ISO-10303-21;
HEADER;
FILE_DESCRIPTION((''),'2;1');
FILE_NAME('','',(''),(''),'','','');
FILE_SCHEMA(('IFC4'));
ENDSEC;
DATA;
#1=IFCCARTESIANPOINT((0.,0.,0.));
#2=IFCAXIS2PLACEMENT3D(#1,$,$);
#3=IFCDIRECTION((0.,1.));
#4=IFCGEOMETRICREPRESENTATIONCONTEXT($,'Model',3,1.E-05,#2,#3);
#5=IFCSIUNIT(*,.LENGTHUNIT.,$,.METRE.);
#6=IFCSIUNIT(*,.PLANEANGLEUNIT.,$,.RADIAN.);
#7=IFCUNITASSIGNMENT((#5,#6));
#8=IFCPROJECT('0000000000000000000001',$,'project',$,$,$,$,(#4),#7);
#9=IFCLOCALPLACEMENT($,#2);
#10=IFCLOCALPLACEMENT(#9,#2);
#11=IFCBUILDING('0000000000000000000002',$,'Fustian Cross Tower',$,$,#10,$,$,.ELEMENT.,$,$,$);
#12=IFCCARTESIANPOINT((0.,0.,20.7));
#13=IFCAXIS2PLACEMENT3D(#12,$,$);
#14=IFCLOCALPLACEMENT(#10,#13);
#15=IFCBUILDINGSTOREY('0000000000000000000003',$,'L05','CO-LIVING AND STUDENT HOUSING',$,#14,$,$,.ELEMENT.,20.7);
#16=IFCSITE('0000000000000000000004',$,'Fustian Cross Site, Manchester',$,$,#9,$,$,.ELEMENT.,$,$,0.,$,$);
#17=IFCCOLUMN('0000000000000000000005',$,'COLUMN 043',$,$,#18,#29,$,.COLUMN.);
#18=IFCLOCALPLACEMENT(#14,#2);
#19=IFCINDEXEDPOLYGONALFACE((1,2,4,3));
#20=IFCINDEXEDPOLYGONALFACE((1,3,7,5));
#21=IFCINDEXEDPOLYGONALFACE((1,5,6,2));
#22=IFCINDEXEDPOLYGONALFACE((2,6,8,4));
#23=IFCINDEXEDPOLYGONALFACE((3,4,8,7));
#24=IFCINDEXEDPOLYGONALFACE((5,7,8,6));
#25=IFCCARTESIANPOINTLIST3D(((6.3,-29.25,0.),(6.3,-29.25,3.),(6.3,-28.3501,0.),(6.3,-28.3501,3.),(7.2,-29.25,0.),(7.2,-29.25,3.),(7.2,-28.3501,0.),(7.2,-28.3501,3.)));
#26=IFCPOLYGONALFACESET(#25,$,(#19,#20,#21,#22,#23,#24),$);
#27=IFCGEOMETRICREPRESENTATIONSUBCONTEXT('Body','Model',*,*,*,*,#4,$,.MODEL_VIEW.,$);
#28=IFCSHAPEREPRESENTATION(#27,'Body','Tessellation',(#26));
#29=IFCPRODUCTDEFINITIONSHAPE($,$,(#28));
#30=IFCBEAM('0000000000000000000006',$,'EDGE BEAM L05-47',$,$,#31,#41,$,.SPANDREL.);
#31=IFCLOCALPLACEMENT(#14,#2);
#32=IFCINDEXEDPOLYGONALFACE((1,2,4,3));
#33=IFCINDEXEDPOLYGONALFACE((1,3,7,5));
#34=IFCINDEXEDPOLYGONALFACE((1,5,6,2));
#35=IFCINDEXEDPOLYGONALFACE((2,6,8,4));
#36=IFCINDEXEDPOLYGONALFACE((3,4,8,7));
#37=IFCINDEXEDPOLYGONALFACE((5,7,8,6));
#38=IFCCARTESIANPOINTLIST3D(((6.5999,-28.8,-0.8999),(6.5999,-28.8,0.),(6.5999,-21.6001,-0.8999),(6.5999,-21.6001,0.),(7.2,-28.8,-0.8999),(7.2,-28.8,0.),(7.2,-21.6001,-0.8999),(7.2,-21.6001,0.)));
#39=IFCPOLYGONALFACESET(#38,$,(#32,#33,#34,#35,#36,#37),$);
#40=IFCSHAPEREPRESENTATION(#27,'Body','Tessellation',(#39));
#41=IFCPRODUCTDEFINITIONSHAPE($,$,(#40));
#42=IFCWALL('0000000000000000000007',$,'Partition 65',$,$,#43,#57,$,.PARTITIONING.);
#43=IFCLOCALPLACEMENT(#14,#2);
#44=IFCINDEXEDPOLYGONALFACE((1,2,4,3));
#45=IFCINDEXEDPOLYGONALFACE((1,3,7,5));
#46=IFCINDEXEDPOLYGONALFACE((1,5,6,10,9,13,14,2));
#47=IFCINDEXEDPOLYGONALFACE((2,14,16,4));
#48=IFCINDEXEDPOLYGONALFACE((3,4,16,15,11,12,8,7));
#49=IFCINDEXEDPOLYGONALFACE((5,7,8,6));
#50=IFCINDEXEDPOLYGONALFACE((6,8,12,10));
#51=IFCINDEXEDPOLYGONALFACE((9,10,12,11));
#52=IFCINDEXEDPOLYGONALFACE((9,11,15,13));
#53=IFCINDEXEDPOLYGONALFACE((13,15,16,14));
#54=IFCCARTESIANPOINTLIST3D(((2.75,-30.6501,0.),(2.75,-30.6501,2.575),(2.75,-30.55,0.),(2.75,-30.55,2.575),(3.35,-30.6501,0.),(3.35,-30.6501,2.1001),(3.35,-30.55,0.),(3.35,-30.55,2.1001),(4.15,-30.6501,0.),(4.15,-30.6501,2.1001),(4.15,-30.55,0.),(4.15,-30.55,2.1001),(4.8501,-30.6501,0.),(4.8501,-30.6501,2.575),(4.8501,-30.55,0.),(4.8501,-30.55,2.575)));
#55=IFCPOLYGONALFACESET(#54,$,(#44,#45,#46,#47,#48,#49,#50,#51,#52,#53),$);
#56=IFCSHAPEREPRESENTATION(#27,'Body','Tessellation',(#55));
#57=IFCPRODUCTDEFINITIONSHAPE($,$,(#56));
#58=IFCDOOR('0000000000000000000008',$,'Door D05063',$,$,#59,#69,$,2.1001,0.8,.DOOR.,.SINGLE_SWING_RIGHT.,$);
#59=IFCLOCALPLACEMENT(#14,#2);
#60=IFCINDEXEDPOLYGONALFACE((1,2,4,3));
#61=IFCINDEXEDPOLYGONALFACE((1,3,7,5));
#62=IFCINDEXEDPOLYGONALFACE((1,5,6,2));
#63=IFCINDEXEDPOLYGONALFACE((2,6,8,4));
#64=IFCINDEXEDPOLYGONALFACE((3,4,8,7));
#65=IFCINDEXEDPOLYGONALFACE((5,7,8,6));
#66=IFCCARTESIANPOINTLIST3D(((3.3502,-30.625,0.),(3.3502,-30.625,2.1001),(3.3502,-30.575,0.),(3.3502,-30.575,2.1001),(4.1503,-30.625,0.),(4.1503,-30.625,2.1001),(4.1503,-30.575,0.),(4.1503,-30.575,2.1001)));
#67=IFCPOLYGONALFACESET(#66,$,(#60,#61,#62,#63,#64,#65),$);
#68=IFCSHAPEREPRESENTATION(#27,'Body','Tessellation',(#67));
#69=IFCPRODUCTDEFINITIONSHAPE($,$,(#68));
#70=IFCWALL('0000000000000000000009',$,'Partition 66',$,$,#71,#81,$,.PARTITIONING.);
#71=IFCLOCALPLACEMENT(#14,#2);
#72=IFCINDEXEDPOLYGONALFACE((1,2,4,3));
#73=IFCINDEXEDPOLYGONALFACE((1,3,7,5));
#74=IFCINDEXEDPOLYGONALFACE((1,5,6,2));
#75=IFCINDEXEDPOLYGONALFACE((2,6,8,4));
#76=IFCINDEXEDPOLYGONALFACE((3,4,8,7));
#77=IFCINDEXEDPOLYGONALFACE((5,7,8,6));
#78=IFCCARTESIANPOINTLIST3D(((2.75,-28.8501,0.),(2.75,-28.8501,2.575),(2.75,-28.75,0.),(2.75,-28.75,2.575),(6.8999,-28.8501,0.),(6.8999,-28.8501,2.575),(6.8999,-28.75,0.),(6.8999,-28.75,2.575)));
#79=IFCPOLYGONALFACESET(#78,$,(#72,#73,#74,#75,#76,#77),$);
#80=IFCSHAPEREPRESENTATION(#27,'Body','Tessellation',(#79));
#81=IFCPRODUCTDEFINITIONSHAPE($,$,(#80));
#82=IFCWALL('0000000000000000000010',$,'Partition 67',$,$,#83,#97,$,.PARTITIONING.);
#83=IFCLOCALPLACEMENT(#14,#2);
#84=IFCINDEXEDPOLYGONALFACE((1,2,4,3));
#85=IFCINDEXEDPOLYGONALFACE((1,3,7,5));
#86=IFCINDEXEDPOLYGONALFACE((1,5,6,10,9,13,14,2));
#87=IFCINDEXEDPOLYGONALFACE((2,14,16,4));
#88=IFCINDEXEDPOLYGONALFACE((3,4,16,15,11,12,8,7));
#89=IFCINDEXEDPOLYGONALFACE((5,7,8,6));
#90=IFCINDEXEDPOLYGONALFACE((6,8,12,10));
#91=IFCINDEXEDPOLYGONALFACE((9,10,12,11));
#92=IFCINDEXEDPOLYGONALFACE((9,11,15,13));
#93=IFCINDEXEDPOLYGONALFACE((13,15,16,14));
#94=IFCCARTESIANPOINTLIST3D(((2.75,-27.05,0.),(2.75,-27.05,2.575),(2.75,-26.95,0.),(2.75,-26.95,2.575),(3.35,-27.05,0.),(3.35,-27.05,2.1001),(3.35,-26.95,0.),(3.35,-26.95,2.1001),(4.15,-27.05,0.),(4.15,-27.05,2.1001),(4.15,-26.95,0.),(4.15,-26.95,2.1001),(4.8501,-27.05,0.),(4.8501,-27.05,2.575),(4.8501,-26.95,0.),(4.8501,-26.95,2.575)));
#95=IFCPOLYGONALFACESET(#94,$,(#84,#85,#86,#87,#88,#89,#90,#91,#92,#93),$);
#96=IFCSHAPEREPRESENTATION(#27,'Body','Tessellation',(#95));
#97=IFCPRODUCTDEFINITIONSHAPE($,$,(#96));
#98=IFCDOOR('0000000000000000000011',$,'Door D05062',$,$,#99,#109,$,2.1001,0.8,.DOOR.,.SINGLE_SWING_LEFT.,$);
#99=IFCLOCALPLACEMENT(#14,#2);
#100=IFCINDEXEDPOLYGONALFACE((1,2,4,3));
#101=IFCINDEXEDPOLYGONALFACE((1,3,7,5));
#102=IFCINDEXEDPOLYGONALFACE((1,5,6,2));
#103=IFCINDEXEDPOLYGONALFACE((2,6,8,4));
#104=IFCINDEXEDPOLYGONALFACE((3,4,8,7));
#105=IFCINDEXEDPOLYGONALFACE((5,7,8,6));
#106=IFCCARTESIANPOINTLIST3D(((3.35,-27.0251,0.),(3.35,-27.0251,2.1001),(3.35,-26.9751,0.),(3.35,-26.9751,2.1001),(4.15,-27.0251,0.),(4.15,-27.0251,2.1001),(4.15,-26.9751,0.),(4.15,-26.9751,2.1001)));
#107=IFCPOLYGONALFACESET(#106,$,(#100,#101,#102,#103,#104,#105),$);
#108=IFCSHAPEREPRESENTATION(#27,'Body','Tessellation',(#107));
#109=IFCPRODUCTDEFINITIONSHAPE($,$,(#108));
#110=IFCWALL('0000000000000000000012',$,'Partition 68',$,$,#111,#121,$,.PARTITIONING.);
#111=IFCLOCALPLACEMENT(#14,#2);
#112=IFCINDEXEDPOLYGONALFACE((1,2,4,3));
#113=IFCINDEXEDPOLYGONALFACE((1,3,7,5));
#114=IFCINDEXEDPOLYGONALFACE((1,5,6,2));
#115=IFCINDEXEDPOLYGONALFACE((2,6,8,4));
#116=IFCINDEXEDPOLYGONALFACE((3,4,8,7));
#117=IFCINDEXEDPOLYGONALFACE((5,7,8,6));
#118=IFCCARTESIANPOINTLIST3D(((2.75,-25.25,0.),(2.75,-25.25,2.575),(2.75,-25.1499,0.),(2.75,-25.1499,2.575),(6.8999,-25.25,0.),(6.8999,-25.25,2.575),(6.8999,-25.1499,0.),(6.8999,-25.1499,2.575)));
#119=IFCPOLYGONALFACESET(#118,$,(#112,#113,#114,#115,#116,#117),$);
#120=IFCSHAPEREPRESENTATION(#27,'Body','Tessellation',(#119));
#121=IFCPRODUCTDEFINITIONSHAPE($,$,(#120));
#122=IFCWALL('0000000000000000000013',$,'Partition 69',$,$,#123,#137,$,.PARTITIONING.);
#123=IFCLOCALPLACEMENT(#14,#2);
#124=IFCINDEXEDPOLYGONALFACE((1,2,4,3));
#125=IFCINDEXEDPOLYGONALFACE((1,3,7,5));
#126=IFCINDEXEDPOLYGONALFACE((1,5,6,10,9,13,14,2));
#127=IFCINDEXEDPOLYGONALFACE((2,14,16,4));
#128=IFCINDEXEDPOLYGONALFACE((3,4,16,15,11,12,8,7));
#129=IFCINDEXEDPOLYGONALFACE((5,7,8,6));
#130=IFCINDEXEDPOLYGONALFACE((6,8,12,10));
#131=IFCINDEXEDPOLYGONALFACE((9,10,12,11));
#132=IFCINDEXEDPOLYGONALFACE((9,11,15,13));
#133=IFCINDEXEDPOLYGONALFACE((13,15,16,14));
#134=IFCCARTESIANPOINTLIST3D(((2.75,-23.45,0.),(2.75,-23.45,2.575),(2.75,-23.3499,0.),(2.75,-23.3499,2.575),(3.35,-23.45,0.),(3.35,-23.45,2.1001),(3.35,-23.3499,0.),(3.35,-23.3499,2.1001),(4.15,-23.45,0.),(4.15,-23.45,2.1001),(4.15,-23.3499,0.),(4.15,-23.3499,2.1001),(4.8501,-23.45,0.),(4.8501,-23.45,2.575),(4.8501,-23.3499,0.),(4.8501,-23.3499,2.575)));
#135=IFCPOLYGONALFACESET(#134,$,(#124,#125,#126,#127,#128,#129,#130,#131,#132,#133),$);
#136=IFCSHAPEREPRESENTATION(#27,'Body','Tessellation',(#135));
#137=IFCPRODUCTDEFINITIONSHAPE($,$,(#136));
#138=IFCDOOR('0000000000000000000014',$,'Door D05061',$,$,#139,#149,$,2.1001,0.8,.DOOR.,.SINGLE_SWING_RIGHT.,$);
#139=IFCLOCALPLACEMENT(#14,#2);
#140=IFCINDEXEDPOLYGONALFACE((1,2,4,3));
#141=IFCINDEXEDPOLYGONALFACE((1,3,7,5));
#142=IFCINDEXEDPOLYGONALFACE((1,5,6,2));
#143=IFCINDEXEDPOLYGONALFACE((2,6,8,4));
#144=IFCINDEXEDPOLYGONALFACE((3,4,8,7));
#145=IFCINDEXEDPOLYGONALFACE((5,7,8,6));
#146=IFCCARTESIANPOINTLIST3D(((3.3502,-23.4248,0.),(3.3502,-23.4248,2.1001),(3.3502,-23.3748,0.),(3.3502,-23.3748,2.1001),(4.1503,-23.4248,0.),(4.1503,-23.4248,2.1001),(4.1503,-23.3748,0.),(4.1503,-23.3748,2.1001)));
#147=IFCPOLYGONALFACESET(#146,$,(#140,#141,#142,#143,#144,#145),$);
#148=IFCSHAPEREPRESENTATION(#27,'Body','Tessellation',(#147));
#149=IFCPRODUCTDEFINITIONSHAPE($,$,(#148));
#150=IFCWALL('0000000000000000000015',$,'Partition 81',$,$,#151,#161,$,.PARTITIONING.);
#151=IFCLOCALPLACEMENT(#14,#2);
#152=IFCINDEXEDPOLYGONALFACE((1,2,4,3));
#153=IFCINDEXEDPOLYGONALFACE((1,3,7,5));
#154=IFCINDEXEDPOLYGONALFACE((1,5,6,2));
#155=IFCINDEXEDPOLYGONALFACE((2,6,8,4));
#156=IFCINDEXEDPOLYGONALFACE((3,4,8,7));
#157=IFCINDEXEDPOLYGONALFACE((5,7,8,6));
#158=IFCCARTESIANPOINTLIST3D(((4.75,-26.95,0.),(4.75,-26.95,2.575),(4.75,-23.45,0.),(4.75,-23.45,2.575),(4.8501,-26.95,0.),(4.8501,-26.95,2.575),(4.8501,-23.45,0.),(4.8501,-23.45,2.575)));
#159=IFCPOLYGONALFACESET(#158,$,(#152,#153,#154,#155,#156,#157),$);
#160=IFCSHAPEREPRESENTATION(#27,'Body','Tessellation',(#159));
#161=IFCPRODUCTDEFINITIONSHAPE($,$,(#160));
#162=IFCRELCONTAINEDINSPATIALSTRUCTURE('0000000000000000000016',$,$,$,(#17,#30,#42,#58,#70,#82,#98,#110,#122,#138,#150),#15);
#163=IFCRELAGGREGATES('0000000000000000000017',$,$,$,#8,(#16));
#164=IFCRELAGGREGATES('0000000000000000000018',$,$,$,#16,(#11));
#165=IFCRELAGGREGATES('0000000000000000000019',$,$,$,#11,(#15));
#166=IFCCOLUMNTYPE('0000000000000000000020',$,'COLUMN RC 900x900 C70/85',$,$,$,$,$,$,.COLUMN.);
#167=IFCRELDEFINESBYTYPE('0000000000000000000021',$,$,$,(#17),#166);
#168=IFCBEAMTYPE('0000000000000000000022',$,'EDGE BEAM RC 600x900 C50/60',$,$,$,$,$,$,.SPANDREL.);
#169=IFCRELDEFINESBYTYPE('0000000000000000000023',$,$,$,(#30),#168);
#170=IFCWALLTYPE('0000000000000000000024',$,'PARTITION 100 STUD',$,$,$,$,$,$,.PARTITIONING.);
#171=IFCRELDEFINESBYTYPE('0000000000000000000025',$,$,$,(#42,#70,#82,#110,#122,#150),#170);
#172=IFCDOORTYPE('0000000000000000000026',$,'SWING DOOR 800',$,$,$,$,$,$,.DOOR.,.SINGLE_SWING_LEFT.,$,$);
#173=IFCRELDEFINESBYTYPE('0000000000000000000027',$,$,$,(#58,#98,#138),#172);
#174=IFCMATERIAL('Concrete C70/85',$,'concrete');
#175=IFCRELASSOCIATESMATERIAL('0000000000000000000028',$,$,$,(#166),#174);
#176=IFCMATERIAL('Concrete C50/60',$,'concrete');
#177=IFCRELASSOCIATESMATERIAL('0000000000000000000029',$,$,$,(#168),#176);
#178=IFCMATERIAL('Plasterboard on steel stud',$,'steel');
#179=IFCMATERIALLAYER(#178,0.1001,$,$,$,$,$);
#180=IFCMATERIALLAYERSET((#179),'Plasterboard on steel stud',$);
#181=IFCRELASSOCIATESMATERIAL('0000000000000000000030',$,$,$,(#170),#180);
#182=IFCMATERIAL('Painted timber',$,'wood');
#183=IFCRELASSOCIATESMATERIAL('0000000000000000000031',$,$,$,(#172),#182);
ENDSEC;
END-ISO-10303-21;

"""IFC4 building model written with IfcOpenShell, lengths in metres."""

from ifc_helpers import new_model, si_unit, direction, frame, frame_2d, origin, origin_2d, place, context, subcontext, project, spatial, rectangle, extrude, material, layer, layer_set, material_profile, profile_set, type_object, element, fill, save


model = new_model("IFC4")

# Units and contexts
model_context = context("Model", 3, precision=1e-05, world=origin(), true_north=direction((0.0, 1.0)))
body_context = subcontext(model_context, "Body", "Model", "MODEL_VIEW")
ifc_project = project(units=[si_unit("LENGTHUNIT", "METRE"), si_unit("PLANEANGLEUNIT", "RADIAN")], contexts=[model_context])

# Site, building, storey
site_placement = place(None, origin())
site = spatial("IfcSite", under=ifc_project, at=site_placement, Name="Fustian Cross Site, Manchester", CompositionType="ELEMENT", RefElevation=0.0)
building_placement = place(site_placement, origin())
building = spatial("IfcBuilding", under=site, at=building_placement, Name="Fustian Cross Tower", CompositionType="ELEMENT")
storey_placement = place(building_placement, frame((0.0, 0.0, 20.7)))
storey = spatial("IfcBuildingStorey", under=building, at=storey_placement, Name="L05", Description="CO-LIVING AND STUDENT HOUSING", CompositionType="ELEMENT", Elevation=20.7)

# Column
ifc_material_1 = material(Name="Concrete C70/85", Category="concrete")
ifc_material_profile_1 = material_profile(ifc_material_1, rectangle(XDim=0.8999, YDim=0.8999, at=origin_2d()), Name="RC 900x900")
ifc_profile_set_1 = profile_set([ifc_material_profile_1], Name="Concrete C70/85")
column_type = type_object("IfcColumnType", Name="COLUMN RC 900x900 C70/85", PredefinedType="COLUMN", material=ifc_profile_set_1)
column_placement = place(storey_placement, frame((6.75, -28.8, 0.0), z_axis=(0.0, 0.0, 1.0), x_axis=(1.0, 0.0, 0.0)))
element("IfcColumn", 1, at=column_placement, inside=storey, type_object=column_type, Name="COLUMN 043", PredefinedType="COLUMN", context=body_context, shape_type="SweptSolid", body=[
    extrude(rectangle(XDim=0.8999, YDim=0.8999, at=origin_2d()), origin(), (0.0, 0.0, 1.0), 3.0),
])

# Beam
ifc_material_2 = material(Name="Concrete C50/60", Category="concrete")
ifc_material_profile_2 = material_profile(ifc_material_2, rectangle(XDim=0.6001, YDim=0.8999, at=origin_2d()), Name="RC 600x900")
ifc_profile_set_2 = profile_set([ifc_material_profile_2], Name="Concrete C50/60")
beam_type = type_object("IfcBeamType", Name="EDGE BEAM RC 600x900 C50/60", PredefinedType="SPANDREL", material=ifc_profile_set_2)
beam_placement = place(storey_placement, frame((6.8999, -28.8, -0.45), z_axis=(0.0, 1.0, 0.0), x_axis=(-1.0, 0.0, 0.0)))
element("IfcBeam", 2, at=beam_placement, inside=storey, type_object=beam_type, Name="EDGE BEAM L05-47", PredefinedType="SPANDREL", context=body_context, shape_type="SweptSolid", body=[
    extrude(rectangle(XDim=0.6001, YDim=0.8999, at=origin_2d()), origin(), (0.0, 0.0, 1.0), 7.2),
])

# Wall, opening, door
ifc_material_3 = material(Name="Plasterboard on steel stud", Category="steel")
ifc_layer_1 = layer(ifc_material_3, 0.1001)
ifc_layer_set_1 = layer_set([ifc_layer_1], Name="Plasterboard on steel stud")
wall_type_1 = type_object("IfcWallType", Name="PARTITION 100 STUD", PredefinedType="PARTITIONING", material=ifc_layer_set_1)
wall_1_placement = place(storey_placement, frame((2.75, -30.6001, 0.0), z_axis=(0.0, 0.0, 1.0), x_axis=(1.0, 0.0, 0.0)))
wall_1 = element("IfcWall", 3, at=wall_1_placement, inside=storey, type_object=wall_type_1, Name="Partition 65", PredefinedType="PARTITIONING", context=body_context, shape_type="SweptSolid", body=[
    extrude(rectangle(XDim=2.1001, YDim=0.1001, at=frame_2d((1.05, 0.0))), origin(), (0.0, 0.0, 1.0), 2.575),
])
opening_1_placement = place(wall_1_placement, frame((0.6001, 0.0, 0.0)))
opening_1 = element("IfcOpeningElement", 4, at=opening_1_placement, cuts=wall_1, PredefinedType="OPENING", context=body_context, shape_type="SweptSolid", body=[
    extrude(rectangle(XDim=0.8, YDim=2.1001, at=frame_2d((0.3999, 1.05))), frame((0.0, 0.0601, 0.0), z_axis=(0.0, -1.0, 0.0), x_axis=(1.0, 0.0, 0.0)), (0.0, 0.0, 1.0), 0.1201),
])
ifc_material_4 = material(Name="Painted timber", Category="wood")
door_type = type_object("IfcDoorType", Name="SWING DOOR 800", OperationType="SINGLE_SWING_LEFT", PredefinedType="DOOR", material=ifc_material_4)
door_1_placement = place(opening_1_placement, frame((0.8, 0.0, 0.0), z_axis=(0.0, 0.0, 1.0), x_axis=(-1.0, 0.0, 0.0)))
door_1 = element("IfcDoor", 5, at=door_1_placement, inside=storey, type_object=door_type, Name="Door D05063", OperationType="SINGLE_SWING_RIGHT", OverallHeight=2.1001, OverallWidth=0.8, PredefinedType="DOOR", context=body_context, shape_type="SweptSolid", body=[
    extrude(rectangle(XDim=0.8, YDim=2.1001, at=frame_2d((0.3999, 1.05))), frame((0.0, 0.0249, 0.0), z_axis=(0.0, -1.0, 0.0), x_axis=(1.0, 0.0, 0.0)), (0.0, 0.0, 1.0), 0.05),
])
fill(opening_1, door_1)

# Wall
wall_2_placement = place(storey_placement, frame((2.75, -28.8, 0.0), z_axis=(0.0, 0.0, 1.0), x_axis=(1.0, 0.0, 0.0)))
element("IfcWall", 6, at=wall_2_placement, inside=storey, type_object=wall_type_1, Name="Partition 66", PredefinedType="PARTITIONING", context=body_context, shape_type="SweptSolid", body=[
    extrude(rectangle(XDim=4.1499, YDim=0.1001, at=frame_2d((2.075, 0.0))), origin(), (0.0, 0.0, 1.0), 2.575),
])

# Wall, opening, door
wall_3_placement = place(storey_placement, frame((2.75, -27.0, 0.0), z_axis=(0.0, 0.0, 1.0), x_axis=(1.0, 0.0, 0.0)))
wall_3 = element("IfcWall", 7, at=wall_3_placement, inside=storey, type_object=wall_type_1, Name="Partition 67", PredefinedType="PARTITIONING", context=body_context, shape_type="SweptSolid", body=[
    extrude(rectangle(XDim=2.1001, YDim=0.1001, at=frame_2d((1.05, 0.0))), origin(), (0.0, 0.0, 1.0), 2.575),
])
opening_2_placement = place(wall_3_placement, frame((0.6001, 0.0, 0.0)))
opening_2 = element("IfcOpeningElement", 8, at=opening_2_placement, cuts=wall_3, PredefinedType="OPENING", context=body_context, shape_type="SweptSolid", body=[
    extrude(rectangle(XDim=0.8, YDim=2.1001, at=frame_2d((0.3999, 1.05))), frame((0.0, 0.0601, 0.0), z_axis=(0.0, -1.0, 0.0), x_axis=(1.0, 0.0, 0.0)), (0.0, 0.0, 1.0), 0.1201),
])
door_2_placement = place(opening_2_placement, origin())
door_2 = element("IfcDoor", 9, at=door_2_placement, inside=storey, type_object=door_type, Name="Door D05062", OperationType="SINGLE_SWING_LEFT", OverallHeight=2.1001, OverallWidth=0.8, PredefinedType="DOOR", context=body_context, shape_type="SweptSolid", body=[
    extrude(rectangle(XDim=0.8, YDim=2.1001, at=frame_2d((0.3999, 1.05))), frame((0.0, 0.0249, 0.0), z_axis=(0.0, -1.0, 0.0), x_axis=(1.0, 0.0, 0.0)), (0.0, 0.0, 1.0), 0.05),
])
fill(opening_2, door_2)

# Wall
wall_4_placement = place(storey_placement, frame((2.75, -25.2, 0.0), z_axis=(0.0, 0.0, 1.0), x_axis=(1.0, 0.0, 0.0)))
element("IfcWall", 10, at=wall_4_placement, inside=storey, type_object=wall_type_1, Name="Partition 68", PredefinedType="PARTITIONING", context=body_context, shape_type="SweptSolid", body=[
    extrude(rectangle(XDim=4.1499, YDim=0.1001, at=frame_2d((2.075, 0.0))), origin(), (0.0, 0.0, 1.0), 2.575),
])

# Wall, opening, door
wall_5_placement = place(storey_placement, frame((2.75, -23.3999, 0.0), z_axis=(0.0, 0.0, 1.0), x_axis=(1.0, 0.0, 0.0)))
wall_5 = element("IfcWall", 11, at=wall_5_placement, inside=storey, type_object=wall_type_1, Name="Partition 69", PredefinedType="PARTITIONING", context=body_context, shape_type="SweptSolid", body=[
    extrude(rectangle(XDim=2.1001, YDim=0.1001, at=frame_2d((1.05, 0.0))), origin(), (0.0, 0.0, 1.0), 2.575),
])
opening_3_placement = place(wall_5_placement, frame((0.6001, 0.0, 0.0)))
opening_3 = element("IfcOpeningElement", 12, at=opening_3_placement, cuts=wall_5, PredefinedType="OPENING", context=body_context, shape_type="SweptSolid", body=[
    extrude(rectangle(XDim=0.8, YDim=2.1001, at=frame_2d((0.3999, 1.05))), frame((0.0, 0.0601, 0.0), z_axis=(0.0, -1.0, 0.0), x_axis=(1.0, 0.0, 0.0)), (0.0, 0.0, 1.0), 0.1201),
])
door_3_placement = place(opening_3_placement, frame((0.8, 0.0, 0.0), z_axis=(0.0, 0.0, 1.0), x_axis=(-1.0, 0.0, 0.0)))
door_3 = element("IfcDoor", 13, at=door_3_placement, inside=storey, type_object=door_type, Name="Door D05061", OperationType="SINGLE_SWING_RIGHT", OverallHeight=2.1001, OverallWidth=0.8, PredefinedType="DOOR", context=body_context, shape_type="SweptSolid", body=[
    extrude(rectangle(XDim=0.8, YDim=2.1001, at=frame_2d((0.3999, 1.05))), frame((0.0, 0.0249, 0.0), z_axis=(0.0, -1.0, 0.0), x_axis=(1.0, 0.0, 0.0)), (0.0, 0.0, 1.0), 0.05),
])
fill(opening_3, door_3)

# Wall
wall_6_placement = place(storey_placement, frame((4.8, -26.95, 0.0), z_axis=(0.0, 0.0, 1.0), x_axis=(0.0, 1.0, 0.0)))
element("IfcWall", 14, at=wall_6_placement, inside=storey, type_object=wall_type_1, Name="Partition 81", PredefinedType="PARTITIONING", context=body_context, shape_type="SweptSolid", body=[
    extrude(rectangle(XDim=3.5, YDim=0.1001, at=frame_2d((1.75, 0.0))), origin(), (0.0, 0.0, 1.0), 2.575),
])

save(model, "model.ifc")
